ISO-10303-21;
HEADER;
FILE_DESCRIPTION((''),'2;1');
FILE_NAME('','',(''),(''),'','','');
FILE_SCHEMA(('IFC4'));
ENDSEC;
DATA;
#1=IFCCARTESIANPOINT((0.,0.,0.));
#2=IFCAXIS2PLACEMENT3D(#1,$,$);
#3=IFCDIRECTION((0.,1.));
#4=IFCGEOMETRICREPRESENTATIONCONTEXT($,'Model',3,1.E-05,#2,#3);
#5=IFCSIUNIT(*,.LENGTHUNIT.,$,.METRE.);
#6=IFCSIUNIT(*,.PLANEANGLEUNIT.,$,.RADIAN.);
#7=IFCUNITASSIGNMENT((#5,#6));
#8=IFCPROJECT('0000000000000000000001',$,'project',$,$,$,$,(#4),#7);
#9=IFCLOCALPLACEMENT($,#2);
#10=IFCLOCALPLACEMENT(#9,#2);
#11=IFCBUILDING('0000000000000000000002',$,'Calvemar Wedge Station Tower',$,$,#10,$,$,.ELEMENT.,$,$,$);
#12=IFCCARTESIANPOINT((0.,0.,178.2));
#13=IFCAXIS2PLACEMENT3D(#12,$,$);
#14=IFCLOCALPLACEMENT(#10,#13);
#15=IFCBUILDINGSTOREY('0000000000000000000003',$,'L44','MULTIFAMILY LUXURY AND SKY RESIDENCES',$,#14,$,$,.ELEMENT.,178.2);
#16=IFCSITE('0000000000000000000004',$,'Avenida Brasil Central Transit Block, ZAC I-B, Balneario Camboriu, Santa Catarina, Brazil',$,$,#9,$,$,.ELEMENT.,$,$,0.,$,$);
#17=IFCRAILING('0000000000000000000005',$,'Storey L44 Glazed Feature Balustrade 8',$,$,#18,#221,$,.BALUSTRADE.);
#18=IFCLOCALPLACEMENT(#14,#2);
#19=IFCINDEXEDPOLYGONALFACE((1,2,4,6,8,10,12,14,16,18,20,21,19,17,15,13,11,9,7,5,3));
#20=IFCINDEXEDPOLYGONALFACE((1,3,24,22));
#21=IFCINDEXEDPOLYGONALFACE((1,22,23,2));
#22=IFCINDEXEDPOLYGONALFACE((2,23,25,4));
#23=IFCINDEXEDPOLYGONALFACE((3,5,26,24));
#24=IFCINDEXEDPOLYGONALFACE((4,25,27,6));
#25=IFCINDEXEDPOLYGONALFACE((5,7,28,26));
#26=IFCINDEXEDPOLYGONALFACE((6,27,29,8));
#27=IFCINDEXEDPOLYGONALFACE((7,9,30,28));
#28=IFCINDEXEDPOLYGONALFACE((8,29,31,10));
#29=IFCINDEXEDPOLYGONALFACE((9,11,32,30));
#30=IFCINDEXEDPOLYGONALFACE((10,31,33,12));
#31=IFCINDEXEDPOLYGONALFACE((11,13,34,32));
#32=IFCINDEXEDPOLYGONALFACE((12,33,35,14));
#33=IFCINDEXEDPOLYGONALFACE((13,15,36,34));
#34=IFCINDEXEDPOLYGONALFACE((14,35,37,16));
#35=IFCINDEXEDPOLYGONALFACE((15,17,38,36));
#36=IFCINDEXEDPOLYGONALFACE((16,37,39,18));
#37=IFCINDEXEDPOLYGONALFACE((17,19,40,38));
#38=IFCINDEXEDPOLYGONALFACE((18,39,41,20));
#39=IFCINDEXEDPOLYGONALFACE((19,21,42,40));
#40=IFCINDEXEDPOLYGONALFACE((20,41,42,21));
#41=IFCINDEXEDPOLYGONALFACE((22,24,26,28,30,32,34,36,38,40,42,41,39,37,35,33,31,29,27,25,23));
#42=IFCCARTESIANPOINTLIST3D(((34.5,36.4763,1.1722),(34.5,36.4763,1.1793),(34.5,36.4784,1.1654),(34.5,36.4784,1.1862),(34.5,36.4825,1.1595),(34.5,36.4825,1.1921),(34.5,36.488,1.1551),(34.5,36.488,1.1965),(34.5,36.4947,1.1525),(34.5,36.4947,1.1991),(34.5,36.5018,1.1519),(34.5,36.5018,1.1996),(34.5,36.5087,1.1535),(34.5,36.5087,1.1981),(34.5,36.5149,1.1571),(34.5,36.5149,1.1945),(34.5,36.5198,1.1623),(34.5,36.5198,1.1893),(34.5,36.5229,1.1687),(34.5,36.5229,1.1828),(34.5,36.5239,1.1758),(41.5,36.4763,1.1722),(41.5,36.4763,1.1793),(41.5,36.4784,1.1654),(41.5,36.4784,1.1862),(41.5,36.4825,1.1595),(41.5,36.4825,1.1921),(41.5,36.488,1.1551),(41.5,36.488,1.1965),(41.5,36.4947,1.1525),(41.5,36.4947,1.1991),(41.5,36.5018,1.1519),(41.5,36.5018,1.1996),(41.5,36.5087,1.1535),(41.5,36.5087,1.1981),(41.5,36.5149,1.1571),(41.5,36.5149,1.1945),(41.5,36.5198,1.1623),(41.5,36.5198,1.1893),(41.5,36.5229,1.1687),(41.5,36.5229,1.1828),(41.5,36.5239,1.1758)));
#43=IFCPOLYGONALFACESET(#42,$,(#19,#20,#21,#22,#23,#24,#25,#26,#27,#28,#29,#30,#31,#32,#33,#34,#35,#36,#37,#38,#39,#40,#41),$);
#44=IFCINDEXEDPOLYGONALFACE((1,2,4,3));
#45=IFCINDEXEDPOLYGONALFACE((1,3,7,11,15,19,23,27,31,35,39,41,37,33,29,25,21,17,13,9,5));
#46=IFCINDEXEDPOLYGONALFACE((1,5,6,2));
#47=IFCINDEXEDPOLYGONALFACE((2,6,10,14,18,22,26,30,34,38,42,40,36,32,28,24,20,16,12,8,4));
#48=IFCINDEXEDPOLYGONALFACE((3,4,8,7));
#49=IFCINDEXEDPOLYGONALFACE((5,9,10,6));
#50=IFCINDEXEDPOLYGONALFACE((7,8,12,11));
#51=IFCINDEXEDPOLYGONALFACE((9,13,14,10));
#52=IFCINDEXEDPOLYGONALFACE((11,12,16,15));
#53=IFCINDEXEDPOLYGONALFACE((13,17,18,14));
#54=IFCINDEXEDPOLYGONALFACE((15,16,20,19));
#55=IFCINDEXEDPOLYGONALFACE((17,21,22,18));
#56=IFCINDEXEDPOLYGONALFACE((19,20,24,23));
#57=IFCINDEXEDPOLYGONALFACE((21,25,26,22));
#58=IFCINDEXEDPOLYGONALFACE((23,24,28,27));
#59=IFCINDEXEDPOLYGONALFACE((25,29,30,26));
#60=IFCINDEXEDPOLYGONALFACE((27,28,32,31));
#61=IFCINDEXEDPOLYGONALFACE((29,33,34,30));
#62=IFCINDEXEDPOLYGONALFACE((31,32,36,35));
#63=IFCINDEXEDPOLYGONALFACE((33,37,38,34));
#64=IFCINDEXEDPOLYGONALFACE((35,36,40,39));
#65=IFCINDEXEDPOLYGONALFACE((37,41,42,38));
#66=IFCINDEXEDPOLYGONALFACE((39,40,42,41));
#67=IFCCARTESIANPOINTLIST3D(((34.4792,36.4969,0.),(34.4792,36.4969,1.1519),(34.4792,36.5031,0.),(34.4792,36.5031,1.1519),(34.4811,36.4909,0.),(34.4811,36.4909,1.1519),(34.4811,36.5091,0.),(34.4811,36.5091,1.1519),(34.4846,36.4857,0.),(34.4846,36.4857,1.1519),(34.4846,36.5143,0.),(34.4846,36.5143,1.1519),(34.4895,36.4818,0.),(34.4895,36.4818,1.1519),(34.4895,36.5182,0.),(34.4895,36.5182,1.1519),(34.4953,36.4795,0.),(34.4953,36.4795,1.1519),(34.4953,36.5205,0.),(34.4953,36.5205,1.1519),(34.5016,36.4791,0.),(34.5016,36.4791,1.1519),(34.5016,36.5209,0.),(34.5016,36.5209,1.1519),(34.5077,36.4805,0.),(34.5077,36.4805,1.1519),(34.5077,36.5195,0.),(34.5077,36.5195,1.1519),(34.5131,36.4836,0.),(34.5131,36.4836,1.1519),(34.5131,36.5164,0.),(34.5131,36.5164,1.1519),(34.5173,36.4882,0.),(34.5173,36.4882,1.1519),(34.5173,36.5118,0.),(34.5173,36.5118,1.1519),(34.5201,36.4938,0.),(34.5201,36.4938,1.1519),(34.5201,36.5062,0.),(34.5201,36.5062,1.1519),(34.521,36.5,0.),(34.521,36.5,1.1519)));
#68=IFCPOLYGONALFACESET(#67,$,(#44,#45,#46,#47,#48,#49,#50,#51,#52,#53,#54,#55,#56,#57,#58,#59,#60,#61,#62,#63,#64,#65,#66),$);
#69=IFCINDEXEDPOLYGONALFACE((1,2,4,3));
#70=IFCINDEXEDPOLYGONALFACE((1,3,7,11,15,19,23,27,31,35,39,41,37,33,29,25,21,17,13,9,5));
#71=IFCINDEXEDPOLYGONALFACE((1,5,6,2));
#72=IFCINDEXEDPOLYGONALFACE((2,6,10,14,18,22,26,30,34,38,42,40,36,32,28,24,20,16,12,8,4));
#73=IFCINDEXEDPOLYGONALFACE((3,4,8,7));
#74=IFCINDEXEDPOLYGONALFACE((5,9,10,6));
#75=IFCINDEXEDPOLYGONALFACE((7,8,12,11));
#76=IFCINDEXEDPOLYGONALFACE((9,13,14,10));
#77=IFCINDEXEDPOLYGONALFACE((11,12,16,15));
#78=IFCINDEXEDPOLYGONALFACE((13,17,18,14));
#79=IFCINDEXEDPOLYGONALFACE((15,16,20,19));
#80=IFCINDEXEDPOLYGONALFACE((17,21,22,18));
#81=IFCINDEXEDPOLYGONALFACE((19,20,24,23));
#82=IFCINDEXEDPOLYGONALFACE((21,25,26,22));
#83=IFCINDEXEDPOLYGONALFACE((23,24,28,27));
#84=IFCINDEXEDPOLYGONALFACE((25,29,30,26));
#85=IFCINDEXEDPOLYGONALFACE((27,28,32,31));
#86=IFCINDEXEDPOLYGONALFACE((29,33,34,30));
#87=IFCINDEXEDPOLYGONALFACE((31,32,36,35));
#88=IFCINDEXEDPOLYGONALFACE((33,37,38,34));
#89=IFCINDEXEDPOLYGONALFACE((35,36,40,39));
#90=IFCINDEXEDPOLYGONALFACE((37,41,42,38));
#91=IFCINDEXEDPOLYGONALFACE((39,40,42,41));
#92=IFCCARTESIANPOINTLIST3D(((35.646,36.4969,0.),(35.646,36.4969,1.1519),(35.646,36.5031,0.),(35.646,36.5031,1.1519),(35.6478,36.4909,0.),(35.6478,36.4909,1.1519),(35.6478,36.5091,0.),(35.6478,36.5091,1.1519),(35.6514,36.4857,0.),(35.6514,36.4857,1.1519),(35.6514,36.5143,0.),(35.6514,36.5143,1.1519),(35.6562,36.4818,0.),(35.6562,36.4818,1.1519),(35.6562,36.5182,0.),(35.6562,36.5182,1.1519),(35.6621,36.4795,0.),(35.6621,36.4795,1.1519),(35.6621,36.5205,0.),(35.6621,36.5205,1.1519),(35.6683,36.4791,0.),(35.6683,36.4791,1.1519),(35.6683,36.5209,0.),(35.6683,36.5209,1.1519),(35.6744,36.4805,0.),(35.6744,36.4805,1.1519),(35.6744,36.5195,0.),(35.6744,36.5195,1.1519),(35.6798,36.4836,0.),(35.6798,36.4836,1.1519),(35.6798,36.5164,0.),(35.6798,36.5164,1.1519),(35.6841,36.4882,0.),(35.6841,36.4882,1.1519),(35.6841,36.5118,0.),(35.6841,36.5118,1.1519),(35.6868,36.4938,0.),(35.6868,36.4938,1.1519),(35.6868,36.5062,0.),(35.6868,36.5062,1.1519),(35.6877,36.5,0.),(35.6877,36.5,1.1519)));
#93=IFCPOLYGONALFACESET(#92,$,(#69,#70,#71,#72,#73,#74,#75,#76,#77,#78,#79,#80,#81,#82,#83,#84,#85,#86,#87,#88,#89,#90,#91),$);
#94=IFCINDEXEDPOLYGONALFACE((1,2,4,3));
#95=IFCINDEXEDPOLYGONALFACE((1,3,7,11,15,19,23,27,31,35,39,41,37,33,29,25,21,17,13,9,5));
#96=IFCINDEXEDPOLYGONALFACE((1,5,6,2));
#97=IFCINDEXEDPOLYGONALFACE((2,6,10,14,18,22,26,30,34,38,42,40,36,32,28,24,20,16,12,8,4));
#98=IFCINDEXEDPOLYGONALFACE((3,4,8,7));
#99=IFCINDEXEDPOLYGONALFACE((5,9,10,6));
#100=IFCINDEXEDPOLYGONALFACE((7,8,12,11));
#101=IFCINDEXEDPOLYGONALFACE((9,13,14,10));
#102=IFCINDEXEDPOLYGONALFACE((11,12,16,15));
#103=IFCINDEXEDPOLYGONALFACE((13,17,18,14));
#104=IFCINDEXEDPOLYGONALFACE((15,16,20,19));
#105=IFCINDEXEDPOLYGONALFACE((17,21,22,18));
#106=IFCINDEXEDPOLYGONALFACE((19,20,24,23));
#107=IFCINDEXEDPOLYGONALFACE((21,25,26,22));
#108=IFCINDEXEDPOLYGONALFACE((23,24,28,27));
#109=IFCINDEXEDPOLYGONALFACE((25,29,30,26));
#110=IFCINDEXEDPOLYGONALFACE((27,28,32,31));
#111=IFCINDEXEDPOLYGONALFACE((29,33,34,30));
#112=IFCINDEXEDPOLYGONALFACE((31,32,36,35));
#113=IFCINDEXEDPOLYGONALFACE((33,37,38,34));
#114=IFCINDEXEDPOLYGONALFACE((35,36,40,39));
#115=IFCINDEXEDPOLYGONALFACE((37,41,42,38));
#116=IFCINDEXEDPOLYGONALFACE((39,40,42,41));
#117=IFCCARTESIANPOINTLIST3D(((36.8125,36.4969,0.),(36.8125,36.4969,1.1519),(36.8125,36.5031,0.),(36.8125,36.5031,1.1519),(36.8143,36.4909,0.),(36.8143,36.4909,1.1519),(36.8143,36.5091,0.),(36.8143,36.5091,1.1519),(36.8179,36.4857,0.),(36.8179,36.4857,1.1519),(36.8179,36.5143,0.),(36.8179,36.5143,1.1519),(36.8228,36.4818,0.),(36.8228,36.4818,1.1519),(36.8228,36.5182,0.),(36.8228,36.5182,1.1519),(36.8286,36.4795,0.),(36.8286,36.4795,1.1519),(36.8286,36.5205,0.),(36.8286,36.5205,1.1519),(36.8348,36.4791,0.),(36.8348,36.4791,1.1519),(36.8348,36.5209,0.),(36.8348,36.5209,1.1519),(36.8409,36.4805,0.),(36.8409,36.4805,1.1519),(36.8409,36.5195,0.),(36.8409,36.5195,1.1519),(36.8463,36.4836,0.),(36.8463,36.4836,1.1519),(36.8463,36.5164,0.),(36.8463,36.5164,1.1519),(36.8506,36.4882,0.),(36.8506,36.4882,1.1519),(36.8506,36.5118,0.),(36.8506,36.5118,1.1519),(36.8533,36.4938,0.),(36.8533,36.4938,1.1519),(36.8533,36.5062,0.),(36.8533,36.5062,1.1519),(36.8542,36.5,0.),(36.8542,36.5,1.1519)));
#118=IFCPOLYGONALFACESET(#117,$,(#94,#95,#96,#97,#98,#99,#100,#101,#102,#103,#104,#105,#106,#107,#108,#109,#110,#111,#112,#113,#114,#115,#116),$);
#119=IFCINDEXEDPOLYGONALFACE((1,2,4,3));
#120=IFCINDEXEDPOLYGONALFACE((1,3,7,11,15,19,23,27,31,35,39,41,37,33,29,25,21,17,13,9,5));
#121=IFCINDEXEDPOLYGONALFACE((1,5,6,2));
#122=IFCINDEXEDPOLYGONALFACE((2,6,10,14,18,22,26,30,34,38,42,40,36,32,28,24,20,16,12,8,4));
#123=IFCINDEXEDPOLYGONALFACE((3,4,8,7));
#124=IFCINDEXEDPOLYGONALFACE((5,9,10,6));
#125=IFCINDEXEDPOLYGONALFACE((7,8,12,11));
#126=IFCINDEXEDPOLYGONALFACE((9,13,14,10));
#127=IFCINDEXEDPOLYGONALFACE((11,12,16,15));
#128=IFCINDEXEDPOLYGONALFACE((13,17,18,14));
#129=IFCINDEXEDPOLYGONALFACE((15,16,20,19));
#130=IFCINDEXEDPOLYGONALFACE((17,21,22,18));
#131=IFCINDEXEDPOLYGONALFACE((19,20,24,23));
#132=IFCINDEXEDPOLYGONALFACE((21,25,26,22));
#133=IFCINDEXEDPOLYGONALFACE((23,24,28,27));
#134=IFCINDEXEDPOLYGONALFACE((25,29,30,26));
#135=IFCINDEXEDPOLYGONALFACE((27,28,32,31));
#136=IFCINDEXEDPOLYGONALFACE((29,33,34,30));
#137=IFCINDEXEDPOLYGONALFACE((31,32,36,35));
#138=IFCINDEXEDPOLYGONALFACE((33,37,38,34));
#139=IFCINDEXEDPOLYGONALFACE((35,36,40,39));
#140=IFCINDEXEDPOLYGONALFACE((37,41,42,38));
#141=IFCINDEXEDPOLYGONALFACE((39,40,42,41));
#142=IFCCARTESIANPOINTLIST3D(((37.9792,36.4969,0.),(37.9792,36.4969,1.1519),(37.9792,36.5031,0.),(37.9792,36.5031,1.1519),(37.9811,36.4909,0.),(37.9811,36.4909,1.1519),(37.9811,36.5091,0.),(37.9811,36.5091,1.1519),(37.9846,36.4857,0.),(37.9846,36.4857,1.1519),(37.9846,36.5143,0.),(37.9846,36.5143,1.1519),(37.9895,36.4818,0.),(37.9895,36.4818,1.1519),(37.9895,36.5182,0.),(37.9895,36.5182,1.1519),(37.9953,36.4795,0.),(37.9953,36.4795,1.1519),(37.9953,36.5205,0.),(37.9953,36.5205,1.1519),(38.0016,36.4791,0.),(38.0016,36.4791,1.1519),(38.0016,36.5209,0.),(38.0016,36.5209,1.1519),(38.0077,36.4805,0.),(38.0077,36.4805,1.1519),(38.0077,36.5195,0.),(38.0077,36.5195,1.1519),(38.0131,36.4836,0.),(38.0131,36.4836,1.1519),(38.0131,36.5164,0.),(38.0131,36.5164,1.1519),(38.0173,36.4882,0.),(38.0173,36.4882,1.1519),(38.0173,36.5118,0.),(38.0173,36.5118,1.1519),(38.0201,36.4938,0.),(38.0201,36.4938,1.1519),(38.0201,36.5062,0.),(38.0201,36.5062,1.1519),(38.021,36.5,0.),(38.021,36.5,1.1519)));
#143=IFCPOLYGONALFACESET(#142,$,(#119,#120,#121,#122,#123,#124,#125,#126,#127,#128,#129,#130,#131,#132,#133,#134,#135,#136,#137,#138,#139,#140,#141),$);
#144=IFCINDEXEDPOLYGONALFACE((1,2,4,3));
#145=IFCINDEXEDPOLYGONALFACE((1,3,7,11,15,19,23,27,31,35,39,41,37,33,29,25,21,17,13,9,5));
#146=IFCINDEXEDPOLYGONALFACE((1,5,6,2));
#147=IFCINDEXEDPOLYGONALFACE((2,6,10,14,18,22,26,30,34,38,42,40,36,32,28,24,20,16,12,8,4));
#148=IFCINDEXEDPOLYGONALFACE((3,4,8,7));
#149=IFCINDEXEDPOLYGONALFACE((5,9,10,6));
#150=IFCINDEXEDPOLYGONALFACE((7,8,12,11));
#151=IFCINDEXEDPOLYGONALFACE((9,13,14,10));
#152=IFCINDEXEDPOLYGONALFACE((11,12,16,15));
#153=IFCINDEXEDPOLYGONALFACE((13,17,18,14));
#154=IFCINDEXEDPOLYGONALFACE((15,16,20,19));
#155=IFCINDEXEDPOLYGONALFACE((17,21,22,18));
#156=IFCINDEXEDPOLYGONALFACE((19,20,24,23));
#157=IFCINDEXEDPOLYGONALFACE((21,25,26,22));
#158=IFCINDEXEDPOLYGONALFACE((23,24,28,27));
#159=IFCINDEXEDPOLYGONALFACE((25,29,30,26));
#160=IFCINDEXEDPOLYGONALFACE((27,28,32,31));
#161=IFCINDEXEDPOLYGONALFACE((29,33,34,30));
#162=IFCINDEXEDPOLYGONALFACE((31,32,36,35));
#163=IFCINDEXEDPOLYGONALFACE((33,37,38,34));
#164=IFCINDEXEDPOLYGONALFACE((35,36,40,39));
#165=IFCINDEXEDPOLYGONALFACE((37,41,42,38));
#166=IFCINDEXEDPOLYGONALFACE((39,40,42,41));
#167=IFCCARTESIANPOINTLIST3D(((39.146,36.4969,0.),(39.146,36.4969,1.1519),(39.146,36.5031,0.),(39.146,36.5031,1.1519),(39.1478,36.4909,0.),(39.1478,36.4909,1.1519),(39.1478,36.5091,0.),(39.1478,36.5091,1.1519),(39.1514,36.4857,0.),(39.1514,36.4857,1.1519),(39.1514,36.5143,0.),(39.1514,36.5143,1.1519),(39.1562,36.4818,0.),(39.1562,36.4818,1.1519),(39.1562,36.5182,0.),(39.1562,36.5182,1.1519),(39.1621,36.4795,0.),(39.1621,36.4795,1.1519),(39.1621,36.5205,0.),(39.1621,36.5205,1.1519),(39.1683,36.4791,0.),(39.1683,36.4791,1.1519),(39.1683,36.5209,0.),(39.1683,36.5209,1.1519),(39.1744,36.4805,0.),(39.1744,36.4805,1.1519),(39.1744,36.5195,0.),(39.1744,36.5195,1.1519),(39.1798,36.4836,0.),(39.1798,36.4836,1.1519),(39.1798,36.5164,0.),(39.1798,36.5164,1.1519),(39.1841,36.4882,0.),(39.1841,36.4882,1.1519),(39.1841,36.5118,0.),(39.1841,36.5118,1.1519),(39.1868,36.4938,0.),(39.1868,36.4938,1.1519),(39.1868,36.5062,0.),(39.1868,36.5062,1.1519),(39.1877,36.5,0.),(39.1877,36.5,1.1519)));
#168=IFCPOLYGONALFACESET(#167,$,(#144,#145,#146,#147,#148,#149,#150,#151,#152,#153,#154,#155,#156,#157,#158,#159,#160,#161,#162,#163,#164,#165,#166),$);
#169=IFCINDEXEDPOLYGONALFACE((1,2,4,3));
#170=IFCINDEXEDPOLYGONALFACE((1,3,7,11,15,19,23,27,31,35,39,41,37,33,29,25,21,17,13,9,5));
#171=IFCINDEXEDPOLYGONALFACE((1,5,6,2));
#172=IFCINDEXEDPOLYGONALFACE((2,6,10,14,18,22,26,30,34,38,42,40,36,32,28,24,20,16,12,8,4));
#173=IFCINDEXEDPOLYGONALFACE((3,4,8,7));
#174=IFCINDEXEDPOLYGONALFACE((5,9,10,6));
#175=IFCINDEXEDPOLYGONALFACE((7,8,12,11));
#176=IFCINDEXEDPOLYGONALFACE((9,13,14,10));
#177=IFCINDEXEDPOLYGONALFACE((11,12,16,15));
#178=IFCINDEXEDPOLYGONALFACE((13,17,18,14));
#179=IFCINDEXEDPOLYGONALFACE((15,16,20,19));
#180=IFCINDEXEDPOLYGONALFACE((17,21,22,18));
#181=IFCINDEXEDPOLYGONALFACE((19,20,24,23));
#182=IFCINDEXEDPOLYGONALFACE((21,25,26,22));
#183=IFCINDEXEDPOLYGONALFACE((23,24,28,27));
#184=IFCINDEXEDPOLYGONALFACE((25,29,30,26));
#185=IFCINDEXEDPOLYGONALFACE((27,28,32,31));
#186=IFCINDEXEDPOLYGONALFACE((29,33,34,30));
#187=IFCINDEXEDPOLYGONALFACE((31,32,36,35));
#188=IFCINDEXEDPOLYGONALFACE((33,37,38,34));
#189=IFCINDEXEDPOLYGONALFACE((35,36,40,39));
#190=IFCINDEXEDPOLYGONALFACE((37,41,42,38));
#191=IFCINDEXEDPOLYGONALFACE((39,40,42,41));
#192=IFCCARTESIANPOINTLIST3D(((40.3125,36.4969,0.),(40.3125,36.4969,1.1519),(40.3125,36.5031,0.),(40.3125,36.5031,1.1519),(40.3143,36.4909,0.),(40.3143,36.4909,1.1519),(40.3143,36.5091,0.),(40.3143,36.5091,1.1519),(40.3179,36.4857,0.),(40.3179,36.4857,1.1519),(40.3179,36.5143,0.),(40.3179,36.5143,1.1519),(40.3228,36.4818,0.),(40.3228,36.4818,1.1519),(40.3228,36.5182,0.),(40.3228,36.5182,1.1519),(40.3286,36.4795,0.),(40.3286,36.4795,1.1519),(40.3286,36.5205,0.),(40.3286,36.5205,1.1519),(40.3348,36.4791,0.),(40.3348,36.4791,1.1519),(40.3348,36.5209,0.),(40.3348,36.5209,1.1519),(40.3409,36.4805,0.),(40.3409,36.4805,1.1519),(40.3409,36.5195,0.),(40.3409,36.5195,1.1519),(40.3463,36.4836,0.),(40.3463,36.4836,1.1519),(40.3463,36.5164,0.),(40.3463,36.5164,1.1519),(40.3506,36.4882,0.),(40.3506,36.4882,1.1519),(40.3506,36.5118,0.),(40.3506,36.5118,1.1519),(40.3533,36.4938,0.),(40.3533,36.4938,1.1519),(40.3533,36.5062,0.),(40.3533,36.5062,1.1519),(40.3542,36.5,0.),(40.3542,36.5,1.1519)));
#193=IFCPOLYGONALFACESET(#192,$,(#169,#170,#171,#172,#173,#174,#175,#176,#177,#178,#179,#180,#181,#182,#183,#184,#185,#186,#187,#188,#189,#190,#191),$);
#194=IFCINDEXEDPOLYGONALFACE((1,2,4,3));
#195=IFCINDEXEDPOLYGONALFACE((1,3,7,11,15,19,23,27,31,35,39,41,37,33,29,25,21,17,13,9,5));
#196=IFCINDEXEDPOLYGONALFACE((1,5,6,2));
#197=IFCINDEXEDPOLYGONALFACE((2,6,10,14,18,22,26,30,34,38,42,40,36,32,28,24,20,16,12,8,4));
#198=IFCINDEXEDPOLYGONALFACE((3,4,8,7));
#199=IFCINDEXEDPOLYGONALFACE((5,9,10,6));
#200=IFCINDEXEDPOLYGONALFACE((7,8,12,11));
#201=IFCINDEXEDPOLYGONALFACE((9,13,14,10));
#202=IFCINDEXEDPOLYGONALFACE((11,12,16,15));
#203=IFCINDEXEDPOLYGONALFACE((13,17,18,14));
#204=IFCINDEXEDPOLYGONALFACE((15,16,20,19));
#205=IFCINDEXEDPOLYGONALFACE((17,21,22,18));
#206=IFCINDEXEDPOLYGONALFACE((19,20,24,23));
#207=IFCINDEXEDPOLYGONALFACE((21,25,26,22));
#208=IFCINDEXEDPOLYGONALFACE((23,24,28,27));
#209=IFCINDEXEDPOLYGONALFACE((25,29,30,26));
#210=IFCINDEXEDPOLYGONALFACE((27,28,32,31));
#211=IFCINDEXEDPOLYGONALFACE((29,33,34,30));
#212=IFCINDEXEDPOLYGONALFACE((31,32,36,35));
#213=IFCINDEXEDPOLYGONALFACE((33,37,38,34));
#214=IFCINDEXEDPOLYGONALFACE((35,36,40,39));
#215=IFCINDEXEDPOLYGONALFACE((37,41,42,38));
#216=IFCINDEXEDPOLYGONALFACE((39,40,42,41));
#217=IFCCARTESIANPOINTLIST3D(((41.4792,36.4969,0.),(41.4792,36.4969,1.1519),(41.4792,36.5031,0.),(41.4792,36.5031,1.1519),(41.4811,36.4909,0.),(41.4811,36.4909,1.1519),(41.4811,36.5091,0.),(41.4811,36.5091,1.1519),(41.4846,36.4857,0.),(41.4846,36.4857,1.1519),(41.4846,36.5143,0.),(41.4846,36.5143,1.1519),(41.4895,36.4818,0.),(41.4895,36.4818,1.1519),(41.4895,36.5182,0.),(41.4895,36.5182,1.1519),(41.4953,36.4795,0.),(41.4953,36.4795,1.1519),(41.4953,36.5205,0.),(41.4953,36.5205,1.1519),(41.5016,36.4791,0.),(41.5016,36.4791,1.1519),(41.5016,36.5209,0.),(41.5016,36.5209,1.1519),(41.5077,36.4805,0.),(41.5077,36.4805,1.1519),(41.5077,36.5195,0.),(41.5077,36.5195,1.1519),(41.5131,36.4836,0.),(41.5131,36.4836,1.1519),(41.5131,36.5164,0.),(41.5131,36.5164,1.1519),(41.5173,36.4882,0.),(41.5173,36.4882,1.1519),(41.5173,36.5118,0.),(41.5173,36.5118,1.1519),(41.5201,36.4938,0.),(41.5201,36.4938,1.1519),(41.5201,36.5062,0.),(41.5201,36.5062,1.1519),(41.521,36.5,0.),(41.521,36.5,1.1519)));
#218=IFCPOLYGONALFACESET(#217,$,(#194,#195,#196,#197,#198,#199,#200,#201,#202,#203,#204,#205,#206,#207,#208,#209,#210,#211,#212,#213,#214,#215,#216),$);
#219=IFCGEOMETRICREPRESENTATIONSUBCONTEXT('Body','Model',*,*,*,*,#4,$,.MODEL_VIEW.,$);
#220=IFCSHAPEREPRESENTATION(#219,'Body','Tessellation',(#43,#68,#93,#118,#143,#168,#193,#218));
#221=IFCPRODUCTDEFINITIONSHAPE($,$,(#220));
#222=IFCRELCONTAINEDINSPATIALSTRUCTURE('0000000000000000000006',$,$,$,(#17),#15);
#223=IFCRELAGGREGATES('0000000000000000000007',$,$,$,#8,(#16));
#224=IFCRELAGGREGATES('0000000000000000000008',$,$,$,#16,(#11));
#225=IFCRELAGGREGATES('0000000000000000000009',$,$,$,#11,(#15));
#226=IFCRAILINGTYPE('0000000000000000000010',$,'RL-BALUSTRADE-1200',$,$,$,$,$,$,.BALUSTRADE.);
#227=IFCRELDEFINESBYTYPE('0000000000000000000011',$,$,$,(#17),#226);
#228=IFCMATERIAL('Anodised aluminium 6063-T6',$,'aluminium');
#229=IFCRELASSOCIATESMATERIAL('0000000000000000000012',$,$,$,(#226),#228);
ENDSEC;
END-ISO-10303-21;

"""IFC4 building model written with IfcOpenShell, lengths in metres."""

from ifc_helpers import new_model, si_unit, direction, frame, origin, origin_2d, place, context, subcontext, project, spatial, circle, extrude, material, type_object, element, save


model = new_model("IFC4")

# Units and contexts
model_context = context("Model", 3, precision=1e-05, world=origin(), true_north=direction((0.0, 1.0)))
body_context = subcontext(model_context, "Body", "Model", "MODEL_VIEW")
ifc_project = project(units=[si_unit("LENGTHUNIT", "METRE"), si_unit("PLANEANGLEUNIT", "RADIAN")], contexts=[model_context])

# Site, building, storey
site_placement = place(None, origin())
site = spatial("IfcSite", under=ifc_project, at=site_placement, Name="Avenida Brasil Central Transit Block, ZAC I-B, Balneario Camboriu, Santa Catarina, Brazil", CompositionType="ELEMENT", RefElevation=0.0)
building_placement = place(site_placement, origin())
building = spatial("IfcBuilding", under=site, at=building_placement, Name="Calvemar Wedge Station Tower", CompositionType="ELEMENT")
storey_placement = place(building_placement, frame((0.0, 0.0, 178.2)))
storey = spatial("IfcBuildingStorey", under=building, at=storey_placement, Name="L44", Description="MULTIFAMILY LUXURY AND SKY RESIDENCES", CompositionType="ELEMENT", Elevation=178.2)

# Railing
ifc_material_1 = material(Name="Anodised aluminium 6063-T6", Category="aluminium")
railing_type_1 = type_object("IfcRailingType", Name="RL-BALUSTRADE-1200", PredefinedType="BALUSTRADE", material=ifc_material_1)
railing_1_placement = place(storey_placement, frame((34.5, 36.5, 0.0)))
element("IfcRailing", 1, at=railing_1_placement, inside=storey, type_object=railing_type_1, Name="Storey L44 Glazed Feature Balustrade 8", PredefinedType="BALUSTRADE", context=body_context, shape_type="SweptSolid", body=[
    extrude(circle(Radius=0.0239, at=origin_2d()), frame((0.0, 0.0, 1.1758), z_axis=(1.0, 0.0, 0.0), x_axis=(0.0, 1.0, 0.0)), (0.0, 0.0, 1.0), 7.0),
    extrude(circle(Radius=0.021, at=origin_2d()), origin(), (0.0, 0.0, 1.0), 1.1519),
    extrude(circle(Radius=0.021, at=origin_2d()), frame((1.1667, 0.0, 0.0)), (0.0, 0.0, 1.0), 1.1519),
    extrude(circle(Radius=0.021, at=origin_2d()), frame((2.3333, 0.0, 0.0)), (0.0, 0.0, 1.0), 1.1519),
    extrude(circle(Radius=0.021, at=origin_2d()), frame((3.5, 0.0, 0.0)), (0.0, 0.0, 1.0), 1.1519),
    extrude(circle(Radius=0.021, at=origin_2d()), frame((4.6667, 0.0, 0.0)), (0.0, 0.0, 1.0), 1.1519),
    extrude(circle(Radius=0.021, at=origin_2d()), frame((5.8333, 0.0, 0.0)), (0.0, 0.0, 1.0), 1.1519),
    extrude(circle(Radius=0.021, at=origin_2d()), frame((7.0, 0.0, 0.0)), (0.0, 0.0, 1.0), 1.1519),
])

save(model, "model.ifc")
